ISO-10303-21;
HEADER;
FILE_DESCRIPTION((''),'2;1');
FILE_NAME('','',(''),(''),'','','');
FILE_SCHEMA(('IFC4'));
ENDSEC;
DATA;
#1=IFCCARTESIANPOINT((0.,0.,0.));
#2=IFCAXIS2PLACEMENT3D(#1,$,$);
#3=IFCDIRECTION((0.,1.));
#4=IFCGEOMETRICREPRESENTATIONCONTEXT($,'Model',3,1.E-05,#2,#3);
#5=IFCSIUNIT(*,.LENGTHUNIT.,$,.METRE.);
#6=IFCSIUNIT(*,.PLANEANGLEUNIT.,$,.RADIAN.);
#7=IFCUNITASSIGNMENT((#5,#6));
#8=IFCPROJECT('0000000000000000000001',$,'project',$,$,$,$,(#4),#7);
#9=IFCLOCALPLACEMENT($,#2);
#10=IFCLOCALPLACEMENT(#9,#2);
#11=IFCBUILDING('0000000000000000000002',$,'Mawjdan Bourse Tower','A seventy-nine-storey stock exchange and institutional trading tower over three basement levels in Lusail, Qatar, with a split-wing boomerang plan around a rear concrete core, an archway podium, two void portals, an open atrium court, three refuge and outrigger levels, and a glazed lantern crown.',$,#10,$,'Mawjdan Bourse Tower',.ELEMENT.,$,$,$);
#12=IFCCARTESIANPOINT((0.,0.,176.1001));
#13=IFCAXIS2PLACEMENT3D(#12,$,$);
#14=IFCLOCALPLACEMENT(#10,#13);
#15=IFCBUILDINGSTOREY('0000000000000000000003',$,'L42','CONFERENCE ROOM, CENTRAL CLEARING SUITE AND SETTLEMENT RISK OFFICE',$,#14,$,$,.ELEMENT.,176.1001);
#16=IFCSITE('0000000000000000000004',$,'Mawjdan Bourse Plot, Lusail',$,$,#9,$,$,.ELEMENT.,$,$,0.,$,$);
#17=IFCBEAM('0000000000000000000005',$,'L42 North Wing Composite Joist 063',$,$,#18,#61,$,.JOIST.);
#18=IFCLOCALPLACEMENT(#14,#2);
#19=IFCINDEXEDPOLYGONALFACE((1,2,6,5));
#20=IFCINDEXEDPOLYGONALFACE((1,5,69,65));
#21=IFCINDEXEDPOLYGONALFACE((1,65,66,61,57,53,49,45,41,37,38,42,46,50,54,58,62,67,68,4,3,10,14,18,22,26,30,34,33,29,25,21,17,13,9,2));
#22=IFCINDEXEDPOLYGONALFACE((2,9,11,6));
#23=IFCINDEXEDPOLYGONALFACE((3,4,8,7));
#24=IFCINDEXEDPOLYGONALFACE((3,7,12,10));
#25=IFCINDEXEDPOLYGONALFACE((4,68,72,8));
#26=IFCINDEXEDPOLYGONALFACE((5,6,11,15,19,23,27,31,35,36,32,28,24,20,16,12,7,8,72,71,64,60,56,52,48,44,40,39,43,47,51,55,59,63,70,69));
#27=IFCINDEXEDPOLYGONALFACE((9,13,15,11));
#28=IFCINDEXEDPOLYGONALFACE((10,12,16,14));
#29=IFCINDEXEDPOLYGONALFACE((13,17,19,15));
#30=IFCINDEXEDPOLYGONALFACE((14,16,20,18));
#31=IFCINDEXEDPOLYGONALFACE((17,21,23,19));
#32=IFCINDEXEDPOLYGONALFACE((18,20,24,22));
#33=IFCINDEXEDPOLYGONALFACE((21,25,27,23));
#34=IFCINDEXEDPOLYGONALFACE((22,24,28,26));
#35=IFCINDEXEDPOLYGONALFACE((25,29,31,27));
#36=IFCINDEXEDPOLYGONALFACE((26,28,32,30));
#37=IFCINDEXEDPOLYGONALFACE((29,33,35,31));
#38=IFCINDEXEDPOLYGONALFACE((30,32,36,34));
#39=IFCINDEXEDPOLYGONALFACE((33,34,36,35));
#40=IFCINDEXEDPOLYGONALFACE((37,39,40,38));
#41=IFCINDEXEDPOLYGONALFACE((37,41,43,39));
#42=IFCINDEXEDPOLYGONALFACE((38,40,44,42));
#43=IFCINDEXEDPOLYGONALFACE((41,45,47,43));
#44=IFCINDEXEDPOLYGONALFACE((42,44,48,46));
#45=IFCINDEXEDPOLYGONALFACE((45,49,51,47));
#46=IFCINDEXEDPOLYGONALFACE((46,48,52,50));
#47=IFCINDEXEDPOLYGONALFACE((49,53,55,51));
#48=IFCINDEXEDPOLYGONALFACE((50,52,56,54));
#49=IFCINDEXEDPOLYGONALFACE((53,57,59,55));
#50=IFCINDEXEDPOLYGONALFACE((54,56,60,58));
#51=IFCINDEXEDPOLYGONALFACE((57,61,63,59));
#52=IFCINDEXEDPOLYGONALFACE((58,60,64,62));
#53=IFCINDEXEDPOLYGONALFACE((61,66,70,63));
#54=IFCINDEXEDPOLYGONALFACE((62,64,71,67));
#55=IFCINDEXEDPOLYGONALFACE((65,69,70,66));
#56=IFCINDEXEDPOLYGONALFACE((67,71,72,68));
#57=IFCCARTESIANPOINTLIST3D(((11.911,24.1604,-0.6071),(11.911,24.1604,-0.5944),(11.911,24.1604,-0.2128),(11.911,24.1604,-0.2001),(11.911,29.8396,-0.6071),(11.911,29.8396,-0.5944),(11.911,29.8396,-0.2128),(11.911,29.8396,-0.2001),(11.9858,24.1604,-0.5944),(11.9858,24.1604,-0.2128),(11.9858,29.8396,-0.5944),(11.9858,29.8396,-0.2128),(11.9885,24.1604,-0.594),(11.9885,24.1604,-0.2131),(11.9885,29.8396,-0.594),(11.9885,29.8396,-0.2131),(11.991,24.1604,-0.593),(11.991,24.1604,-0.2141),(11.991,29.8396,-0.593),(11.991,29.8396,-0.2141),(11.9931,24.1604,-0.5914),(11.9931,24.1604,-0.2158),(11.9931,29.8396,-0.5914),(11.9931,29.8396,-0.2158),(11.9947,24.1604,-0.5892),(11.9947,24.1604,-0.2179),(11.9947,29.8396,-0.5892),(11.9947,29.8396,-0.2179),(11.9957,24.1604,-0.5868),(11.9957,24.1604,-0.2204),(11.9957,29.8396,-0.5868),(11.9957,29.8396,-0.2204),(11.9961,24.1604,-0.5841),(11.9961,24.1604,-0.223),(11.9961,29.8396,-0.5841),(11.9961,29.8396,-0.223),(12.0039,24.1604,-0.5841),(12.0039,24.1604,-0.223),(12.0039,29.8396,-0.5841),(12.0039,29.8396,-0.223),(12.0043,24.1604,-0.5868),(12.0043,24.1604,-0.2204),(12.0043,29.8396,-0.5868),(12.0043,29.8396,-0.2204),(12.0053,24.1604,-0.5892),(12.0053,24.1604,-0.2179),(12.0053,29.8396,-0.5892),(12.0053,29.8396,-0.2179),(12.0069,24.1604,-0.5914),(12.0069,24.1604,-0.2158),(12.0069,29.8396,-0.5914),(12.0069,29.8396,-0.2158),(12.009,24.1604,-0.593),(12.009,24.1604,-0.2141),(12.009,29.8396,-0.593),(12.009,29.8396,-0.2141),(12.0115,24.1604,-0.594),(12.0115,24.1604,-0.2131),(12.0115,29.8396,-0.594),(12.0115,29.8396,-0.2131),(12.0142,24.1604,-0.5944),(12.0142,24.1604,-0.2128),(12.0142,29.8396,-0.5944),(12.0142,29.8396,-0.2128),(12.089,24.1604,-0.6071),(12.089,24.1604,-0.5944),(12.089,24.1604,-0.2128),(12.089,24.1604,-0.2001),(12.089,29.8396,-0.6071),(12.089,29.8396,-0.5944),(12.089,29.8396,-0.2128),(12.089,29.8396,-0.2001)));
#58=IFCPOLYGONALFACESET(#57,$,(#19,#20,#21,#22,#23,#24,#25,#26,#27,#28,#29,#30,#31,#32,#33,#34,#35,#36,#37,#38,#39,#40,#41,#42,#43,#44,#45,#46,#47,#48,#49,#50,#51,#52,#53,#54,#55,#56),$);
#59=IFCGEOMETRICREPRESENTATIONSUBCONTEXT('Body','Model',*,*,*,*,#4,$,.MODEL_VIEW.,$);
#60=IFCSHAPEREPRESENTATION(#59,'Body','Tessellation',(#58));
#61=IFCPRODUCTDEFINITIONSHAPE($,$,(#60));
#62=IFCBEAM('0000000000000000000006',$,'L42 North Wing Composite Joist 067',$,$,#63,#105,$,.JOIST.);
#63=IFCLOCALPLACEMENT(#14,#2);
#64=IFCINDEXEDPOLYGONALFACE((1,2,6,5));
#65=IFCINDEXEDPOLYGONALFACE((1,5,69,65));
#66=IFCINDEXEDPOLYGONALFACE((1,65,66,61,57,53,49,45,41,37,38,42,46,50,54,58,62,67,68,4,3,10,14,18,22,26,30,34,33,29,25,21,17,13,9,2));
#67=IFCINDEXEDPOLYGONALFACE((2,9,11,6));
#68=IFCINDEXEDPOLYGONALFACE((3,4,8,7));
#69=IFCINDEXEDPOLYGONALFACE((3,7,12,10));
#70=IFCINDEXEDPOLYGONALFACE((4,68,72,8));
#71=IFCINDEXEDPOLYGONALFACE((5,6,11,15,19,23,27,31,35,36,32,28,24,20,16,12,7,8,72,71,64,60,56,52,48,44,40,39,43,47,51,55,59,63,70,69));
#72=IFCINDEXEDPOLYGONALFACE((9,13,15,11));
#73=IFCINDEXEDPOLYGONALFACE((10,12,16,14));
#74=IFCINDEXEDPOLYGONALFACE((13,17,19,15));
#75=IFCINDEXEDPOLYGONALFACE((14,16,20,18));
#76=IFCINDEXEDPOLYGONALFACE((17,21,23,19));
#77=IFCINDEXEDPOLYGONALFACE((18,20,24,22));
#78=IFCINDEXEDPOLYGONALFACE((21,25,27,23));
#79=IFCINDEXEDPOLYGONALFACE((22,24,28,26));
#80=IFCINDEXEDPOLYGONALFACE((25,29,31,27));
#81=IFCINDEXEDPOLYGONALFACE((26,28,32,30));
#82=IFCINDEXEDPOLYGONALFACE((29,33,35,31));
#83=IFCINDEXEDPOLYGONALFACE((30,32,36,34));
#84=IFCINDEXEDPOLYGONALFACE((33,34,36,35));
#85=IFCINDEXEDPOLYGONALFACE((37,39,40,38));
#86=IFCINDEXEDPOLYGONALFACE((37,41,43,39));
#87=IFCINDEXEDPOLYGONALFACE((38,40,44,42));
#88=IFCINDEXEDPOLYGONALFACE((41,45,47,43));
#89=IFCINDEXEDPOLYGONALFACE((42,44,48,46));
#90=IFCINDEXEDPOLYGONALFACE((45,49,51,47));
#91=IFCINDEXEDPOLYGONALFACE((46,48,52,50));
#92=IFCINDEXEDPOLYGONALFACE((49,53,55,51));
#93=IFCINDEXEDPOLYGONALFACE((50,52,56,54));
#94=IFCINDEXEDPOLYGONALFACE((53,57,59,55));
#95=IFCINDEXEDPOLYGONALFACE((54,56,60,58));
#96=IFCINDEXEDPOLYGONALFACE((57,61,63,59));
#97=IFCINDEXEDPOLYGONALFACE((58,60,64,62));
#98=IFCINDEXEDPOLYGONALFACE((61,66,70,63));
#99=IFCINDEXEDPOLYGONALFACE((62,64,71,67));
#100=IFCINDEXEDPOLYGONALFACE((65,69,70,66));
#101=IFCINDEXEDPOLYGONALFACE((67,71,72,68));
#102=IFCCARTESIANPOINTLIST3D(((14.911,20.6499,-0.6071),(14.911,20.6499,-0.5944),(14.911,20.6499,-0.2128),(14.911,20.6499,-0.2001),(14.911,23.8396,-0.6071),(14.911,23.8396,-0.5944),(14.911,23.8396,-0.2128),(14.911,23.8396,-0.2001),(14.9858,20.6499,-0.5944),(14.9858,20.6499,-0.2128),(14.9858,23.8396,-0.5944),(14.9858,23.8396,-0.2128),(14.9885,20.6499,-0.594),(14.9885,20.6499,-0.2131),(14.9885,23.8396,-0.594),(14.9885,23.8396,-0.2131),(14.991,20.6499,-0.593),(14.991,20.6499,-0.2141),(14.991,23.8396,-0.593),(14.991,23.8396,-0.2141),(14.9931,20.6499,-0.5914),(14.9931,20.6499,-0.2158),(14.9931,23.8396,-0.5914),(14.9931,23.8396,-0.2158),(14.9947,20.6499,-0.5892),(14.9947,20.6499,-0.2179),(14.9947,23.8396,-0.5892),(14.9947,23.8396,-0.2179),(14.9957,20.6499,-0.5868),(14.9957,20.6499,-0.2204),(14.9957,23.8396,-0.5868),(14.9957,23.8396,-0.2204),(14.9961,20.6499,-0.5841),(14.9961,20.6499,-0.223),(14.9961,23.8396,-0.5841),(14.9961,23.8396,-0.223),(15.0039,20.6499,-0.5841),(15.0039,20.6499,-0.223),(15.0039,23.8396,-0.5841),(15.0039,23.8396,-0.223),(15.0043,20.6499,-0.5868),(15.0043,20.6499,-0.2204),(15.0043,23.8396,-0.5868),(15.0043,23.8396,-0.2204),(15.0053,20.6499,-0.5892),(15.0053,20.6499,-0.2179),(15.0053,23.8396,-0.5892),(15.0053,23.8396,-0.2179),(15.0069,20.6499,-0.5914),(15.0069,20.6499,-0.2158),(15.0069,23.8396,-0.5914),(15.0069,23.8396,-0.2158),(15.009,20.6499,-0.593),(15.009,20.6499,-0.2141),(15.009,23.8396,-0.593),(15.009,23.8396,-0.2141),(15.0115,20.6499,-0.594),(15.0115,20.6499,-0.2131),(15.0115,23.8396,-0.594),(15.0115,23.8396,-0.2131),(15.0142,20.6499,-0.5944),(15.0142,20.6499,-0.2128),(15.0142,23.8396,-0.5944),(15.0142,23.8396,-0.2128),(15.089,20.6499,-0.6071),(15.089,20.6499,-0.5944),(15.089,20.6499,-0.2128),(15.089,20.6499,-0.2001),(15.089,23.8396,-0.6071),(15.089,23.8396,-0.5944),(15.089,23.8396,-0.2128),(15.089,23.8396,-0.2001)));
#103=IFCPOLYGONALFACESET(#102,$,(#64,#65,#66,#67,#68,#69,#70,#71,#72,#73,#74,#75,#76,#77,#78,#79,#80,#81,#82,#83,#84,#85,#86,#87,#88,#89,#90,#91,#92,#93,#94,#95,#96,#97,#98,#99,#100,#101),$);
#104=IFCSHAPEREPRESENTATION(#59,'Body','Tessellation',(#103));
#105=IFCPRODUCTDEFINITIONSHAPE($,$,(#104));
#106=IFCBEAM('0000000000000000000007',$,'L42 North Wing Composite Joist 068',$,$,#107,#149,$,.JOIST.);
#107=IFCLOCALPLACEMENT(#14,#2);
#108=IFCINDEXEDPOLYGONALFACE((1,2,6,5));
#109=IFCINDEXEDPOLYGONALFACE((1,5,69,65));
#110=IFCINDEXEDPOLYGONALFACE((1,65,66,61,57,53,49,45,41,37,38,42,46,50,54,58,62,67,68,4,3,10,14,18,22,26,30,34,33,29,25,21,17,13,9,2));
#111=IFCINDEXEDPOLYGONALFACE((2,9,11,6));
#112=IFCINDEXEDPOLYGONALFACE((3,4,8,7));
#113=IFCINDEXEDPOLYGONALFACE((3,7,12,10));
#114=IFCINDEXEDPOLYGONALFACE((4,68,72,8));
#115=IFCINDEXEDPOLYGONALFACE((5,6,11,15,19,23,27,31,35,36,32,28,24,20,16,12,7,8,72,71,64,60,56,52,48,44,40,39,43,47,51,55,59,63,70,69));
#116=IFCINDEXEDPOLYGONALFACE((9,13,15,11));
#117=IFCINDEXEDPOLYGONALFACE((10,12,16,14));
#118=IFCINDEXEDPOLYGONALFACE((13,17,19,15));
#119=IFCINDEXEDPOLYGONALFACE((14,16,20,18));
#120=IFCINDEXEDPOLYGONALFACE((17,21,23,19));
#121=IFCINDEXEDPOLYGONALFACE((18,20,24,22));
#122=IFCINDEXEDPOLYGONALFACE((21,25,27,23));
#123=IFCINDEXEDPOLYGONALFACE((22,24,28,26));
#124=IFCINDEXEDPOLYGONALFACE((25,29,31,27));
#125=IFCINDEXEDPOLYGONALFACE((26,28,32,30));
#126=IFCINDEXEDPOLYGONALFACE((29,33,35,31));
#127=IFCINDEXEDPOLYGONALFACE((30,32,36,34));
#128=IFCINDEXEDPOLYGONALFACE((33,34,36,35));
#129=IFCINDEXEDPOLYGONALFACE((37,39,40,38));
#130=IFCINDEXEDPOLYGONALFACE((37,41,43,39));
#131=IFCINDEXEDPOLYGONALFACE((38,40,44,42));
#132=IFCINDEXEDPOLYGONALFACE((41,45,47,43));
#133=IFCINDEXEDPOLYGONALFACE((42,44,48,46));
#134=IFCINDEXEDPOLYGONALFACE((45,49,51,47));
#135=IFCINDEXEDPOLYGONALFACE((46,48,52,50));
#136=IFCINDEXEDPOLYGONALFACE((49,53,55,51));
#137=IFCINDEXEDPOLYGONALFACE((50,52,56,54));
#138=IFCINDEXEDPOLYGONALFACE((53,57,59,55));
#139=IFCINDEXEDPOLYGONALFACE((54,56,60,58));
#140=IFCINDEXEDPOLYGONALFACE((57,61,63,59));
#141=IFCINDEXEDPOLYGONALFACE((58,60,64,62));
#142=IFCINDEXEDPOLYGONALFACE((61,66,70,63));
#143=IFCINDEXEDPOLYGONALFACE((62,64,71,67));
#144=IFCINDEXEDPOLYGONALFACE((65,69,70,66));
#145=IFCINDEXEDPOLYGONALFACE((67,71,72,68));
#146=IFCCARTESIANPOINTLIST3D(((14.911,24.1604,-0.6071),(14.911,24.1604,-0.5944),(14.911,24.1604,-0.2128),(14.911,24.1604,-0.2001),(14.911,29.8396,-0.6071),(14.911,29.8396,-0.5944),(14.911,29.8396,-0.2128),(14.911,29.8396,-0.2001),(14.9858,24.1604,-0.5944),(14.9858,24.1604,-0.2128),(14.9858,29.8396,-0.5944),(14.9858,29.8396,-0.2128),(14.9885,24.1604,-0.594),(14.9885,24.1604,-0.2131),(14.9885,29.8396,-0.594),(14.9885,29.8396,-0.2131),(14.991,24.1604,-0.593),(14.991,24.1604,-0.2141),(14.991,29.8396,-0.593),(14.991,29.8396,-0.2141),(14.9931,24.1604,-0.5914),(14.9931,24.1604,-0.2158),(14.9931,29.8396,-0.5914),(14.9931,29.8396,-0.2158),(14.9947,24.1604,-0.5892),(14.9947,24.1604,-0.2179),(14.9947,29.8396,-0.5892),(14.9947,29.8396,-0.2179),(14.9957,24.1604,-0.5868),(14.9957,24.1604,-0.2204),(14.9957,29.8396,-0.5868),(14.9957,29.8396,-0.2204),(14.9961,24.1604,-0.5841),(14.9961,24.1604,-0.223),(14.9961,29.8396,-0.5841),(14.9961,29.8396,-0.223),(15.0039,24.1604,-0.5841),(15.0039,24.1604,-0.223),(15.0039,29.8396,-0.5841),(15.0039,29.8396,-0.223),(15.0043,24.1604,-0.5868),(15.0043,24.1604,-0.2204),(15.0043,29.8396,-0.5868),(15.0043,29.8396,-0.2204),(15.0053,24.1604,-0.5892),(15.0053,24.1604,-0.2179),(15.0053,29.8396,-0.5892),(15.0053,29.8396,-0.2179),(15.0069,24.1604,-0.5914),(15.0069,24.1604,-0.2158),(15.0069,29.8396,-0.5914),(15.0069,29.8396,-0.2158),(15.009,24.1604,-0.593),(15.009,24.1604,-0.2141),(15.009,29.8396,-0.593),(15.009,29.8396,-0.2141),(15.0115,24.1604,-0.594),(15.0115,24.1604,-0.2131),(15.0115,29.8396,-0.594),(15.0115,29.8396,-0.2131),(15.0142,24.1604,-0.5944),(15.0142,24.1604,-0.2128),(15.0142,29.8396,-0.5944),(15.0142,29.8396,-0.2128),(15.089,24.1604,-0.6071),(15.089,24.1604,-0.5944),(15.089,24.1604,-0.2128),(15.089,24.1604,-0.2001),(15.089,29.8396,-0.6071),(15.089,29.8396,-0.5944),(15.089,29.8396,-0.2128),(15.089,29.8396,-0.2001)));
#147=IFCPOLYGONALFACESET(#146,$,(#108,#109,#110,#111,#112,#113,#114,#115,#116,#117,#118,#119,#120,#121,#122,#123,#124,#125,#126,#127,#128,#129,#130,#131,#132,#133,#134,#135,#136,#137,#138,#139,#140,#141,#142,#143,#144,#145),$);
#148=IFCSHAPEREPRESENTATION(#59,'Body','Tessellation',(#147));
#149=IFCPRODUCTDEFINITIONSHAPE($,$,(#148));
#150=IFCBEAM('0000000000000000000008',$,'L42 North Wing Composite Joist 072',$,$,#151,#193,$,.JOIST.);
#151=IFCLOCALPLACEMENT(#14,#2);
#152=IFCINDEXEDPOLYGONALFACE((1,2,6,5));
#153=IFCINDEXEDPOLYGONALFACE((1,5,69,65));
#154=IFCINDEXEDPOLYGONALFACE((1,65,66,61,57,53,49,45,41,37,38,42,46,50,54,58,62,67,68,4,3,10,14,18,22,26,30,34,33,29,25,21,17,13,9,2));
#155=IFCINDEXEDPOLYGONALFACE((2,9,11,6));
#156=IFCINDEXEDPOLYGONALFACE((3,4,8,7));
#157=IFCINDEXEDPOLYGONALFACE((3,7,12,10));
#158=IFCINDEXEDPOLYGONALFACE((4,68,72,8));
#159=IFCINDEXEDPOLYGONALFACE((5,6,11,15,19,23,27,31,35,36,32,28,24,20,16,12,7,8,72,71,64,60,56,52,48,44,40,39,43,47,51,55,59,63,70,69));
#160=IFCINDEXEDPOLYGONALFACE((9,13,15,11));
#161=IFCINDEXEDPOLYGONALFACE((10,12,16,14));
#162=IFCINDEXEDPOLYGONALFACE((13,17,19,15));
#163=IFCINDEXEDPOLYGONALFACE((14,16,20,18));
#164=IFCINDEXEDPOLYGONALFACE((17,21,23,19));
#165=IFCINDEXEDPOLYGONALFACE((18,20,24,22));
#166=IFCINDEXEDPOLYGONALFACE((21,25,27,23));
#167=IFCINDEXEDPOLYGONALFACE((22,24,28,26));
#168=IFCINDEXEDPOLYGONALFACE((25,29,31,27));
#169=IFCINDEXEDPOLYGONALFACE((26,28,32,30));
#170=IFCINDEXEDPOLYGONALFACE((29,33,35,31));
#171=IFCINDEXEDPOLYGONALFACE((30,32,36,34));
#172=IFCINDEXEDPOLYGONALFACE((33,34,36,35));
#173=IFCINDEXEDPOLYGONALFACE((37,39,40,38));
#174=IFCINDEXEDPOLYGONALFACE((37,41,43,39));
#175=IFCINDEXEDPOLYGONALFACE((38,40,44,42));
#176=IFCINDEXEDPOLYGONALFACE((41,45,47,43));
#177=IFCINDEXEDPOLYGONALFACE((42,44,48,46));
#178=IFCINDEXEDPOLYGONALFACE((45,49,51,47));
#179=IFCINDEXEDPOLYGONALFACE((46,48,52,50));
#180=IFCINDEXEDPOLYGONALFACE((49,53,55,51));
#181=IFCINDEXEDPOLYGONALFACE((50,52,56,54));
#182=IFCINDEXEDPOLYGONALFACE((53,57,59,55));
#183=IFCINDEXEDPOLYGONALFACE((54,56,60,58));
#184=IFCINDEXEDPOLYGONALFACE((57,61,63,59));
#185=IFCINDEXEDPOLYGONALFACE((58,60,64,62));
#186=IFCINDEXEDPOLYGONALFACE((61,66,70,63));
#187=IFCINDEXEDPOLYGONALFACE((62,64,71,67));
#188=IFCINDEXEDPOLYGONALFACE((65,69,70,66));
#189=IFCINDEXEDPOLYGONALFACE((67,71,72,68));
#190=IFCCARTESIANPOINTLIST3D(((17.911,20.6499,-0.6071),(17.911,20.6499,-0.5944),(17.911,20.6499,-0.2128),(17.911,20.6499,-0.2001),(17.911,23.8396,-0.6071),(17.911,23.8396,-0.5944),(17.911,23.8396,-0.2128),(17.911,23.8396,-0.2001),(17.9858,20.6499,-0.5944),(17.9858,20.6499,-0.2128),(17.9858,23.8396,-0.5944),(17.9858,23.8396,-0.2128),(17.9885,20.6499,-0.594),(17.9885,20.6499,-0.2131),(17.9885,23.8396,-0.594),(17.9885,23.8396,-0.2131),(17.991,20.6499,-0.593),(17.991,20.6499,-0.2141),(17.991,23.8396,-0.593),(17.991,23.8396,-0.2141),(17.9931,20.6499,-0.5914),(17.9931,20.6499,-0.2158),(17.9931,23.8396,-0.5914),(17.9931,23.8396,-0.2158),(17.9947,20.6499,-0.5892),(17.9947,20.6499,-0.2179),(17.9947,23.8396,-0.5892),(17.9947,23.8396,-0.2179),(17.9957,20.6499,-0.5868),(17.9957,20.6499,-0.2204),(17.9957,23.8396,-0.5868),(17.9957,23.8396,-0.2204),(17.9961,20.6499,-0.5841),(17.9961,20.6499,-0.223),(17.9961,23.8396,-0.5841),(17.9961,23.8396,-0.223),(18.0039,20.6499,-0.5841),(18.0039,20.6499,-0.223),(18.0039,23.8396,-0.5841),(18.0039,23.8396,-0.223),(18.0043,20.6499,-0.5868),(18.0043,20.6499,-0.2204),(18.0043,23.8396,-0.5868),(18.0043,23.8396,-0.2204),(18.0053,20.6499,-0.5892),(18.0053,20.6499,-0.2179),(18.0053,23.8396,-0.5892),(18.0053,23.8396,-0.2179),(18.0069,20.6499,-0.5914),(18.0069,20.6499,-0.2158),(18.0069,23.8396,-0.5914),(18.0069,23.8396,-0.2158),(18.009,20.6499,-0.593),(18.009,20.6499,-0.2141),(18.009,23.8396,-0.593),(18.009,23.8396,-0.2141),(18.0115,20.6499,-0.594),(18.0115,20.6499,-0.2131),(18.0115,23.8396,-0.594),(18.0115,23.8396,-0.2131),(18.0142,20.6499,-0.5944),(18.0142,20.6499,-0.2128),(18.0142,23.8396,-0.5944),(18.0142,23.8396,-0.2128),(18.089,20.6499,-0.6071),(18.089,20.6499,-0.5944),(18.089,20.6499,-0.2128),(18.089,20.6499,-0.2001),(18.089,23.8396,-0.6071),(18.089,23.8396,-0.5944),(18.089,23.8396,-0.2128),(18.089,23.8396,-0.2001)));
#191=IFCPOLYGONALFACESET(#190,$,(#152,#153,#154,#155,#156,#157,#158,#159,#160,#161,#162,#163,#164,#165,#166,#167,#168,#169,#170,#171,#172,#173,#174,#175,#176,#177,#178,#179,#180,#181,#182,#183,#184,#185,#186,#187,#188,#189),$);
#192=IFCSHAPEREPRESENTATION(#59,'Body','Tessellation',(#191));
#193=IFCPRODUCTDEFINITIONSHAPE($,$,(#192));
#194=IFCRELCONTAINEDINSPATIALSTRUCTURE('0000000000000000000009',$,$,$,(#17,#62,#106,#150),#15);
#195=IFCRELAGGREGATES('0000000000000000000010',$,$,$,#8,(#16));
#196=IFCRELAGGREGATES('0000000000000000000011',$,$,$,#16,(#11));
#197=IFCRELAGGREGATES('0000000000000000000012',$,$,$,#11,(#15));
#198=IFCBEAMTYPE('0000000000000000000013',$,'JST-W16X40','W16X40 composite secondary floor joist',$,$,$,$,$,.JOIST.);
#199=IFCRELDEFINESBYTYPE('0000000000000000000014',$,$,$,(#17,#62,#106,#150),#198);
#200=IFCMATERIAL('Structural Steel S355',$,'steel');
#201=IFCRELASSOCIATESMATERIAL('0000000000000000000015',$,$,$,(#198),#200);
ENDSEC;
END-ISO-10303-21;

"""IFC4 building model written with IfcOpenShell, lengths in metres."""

from ifc_helpers import new_model, si_unit, direction, frame, origin, origin_2d, place, context, subcontext, project, spatial, i_section, extrude, material, material_profile, profile_set, type_object, element, save


model = new_model("IFC4")

# Units and contexts
model_context = context("Model", 3, precision=1e-05, world=origin(), true_north=direction((0.0, 1.0)))
body_context = subcontext(model_context, "Body", "Model", "MODEL_VIEW")
ifc_project = project(units=[si_unit("LENGTHUNIT", "METRE"), si_unit("PLANEANGLEUNIT", "RADIAN")], contexts=[model_context])

# Site, building, storey
site_placement = place(None, origin())
site = spatial("IfcSite", under=ifc_project, at=site_placement, Name="Mawjdan Bourse Plot, Lusail", CompositionType="ELEMENT", RefElevation=0.0)
building_placement = place(site_placement, origin())
building = spatial("IfcBuilding", under=site, at=building_placement, Name="Mawjdan Bourse Tower", Description="A seventy-nine-storey stock exchange and institutional trading tower over three basement levels in Lusail, Qatar, with a split-wing boomerang plan around a rear concrete core, an archway podium, two void portals, an open atrium court, three refuge and outrigger levels, and a glazed lantern crown.", LongName="Mawjdan Bourse Tower", CompositionType="ELEMENT")
storey_placement = place(building_placement, frame((0.0, 0.0, 176.1001)))
storey = spatial("IfcBuildingStorey", under=building, at=storey_placement, Name="L42", Description="CONFERENCE ROOM, CENTRAL CLEARING SUITE AND SETTLEMENT RISK OFFICE", CompositionType="ELEMENT", Elevation=176.1001)

# Beams
ifc_material_1 = material(Name="Structural Steel S355", Category="steel")
ifc_material_profile_1 = material_profile(ifc_material_1, i_section(OverallWidth=0.178, OverallDepth=0.407, WebThickness=0.0078, FlangeThickness=0.0127, FilletRadius=0.0103, at=origin_2d()), Name="W16X40")
ifc_profile_set_1 = profile_set([ifc_material_profile_1], Name="Structural Steel S355")
beam_type_1 = type_object("IfcBeamType", Name="JST-W16X40", Description="W16X40 composite secondary floor joist", PredefinedType="JOIST", material=ifc_profile_set_1)
beam_1_placement = place(storey_placement, frame((12.0, 24.1604, -0.4036), z_axis=(0.0, 1.0, 0.0), x_axis=(-1.0, 0.0, 0.0)))
element("IfcBeam", 1, at=beam_1_placement, inside=storey, type_object=beam_type_1, Name="L42 North Wing Composite Joist 063", PredefinedType="JOIST", context=body_context, shape_type="SweptSolid", body=[
    extrude(i_section(OverallWidth=0.178, OverallDepth=0.407, WebThickness=0.0078, FlangeThickness=0.0127, FilletRadius=0.0103, at=origin_2d()), origin(), (0.0, 0.0, 1.0), 5.6792),
])
beam_2_placement = place(storey_placement, frame((15.0, 20.6499, -0.4036), z_axis=(0.0, 1.0, 0.0), x_axis=(-1.0, 0.0, 0.0)))
element("IfcBeam", 2, at=beam_2_placement, inside=storey, type_object=beam_type_1, Name="L42 North Wing Composite Joist 067", PredefinedType="JOIST", context=body_context, shape_type="SweptSolid", body=[
    extrude(i_section(OverallWidth=0.178, OverallDepth=0.407, WebThickness=0.0078, FlangeThickness=0.0127, FilletRadius=0.0103, at=origin_2d()), origin(), (0.0, 0.0, 1.0), 3.1897),
])
beam_3_placement = place(storey_placement, frame((15.0, 24.1604, -0.4036), z_axis=(0.0, 1.0, 0.0), x_axis=(-1.0, 0.0, 0.0)))
element("IfcBeam", 3, at=beam_3_placement, inside=storey, type_object=beam_type_1, Name="L42 North Wing Composite Joist 068", PredefinedType="JOIST", context=body_context, shape_type="SweptSolid", body=[
    extrude(i_section(OverallWidth=0.178, OverallDepth=0.407, WebThickness=0.0078, FlangeThickness=0.0127, FilletRadius=0.0103, at=origin_2d()), origin(), (0.0, 0.0, 1.0), 5.6792),
])
beam_4_placement = place(storey_placement, frame((18.0, 20.6499, -0.4036), z_axis=(0.0, 1.0, 0.0), x_axis=(-1.0, 0.0, 0.0)))
element("IfcBeam", 4, at=beam_4_placement, inside=storey, type_object=beam_type_1, Name="L42 North Wing Composite Joist 072", PredefinedType="JOIST", context=body_context, shape_type="SweptSolid", body=[
    extrude(i_section(OverallWidth=0.178, OverallDepth=0.407, WebThickness=0.0078, FlangeThickness=0.0127, FilletRadius=0.0103, at=origin_2d()), origin(), (0.0, 0.0, 1.0), 3.1897),
])

save(model, "model.ifc")
